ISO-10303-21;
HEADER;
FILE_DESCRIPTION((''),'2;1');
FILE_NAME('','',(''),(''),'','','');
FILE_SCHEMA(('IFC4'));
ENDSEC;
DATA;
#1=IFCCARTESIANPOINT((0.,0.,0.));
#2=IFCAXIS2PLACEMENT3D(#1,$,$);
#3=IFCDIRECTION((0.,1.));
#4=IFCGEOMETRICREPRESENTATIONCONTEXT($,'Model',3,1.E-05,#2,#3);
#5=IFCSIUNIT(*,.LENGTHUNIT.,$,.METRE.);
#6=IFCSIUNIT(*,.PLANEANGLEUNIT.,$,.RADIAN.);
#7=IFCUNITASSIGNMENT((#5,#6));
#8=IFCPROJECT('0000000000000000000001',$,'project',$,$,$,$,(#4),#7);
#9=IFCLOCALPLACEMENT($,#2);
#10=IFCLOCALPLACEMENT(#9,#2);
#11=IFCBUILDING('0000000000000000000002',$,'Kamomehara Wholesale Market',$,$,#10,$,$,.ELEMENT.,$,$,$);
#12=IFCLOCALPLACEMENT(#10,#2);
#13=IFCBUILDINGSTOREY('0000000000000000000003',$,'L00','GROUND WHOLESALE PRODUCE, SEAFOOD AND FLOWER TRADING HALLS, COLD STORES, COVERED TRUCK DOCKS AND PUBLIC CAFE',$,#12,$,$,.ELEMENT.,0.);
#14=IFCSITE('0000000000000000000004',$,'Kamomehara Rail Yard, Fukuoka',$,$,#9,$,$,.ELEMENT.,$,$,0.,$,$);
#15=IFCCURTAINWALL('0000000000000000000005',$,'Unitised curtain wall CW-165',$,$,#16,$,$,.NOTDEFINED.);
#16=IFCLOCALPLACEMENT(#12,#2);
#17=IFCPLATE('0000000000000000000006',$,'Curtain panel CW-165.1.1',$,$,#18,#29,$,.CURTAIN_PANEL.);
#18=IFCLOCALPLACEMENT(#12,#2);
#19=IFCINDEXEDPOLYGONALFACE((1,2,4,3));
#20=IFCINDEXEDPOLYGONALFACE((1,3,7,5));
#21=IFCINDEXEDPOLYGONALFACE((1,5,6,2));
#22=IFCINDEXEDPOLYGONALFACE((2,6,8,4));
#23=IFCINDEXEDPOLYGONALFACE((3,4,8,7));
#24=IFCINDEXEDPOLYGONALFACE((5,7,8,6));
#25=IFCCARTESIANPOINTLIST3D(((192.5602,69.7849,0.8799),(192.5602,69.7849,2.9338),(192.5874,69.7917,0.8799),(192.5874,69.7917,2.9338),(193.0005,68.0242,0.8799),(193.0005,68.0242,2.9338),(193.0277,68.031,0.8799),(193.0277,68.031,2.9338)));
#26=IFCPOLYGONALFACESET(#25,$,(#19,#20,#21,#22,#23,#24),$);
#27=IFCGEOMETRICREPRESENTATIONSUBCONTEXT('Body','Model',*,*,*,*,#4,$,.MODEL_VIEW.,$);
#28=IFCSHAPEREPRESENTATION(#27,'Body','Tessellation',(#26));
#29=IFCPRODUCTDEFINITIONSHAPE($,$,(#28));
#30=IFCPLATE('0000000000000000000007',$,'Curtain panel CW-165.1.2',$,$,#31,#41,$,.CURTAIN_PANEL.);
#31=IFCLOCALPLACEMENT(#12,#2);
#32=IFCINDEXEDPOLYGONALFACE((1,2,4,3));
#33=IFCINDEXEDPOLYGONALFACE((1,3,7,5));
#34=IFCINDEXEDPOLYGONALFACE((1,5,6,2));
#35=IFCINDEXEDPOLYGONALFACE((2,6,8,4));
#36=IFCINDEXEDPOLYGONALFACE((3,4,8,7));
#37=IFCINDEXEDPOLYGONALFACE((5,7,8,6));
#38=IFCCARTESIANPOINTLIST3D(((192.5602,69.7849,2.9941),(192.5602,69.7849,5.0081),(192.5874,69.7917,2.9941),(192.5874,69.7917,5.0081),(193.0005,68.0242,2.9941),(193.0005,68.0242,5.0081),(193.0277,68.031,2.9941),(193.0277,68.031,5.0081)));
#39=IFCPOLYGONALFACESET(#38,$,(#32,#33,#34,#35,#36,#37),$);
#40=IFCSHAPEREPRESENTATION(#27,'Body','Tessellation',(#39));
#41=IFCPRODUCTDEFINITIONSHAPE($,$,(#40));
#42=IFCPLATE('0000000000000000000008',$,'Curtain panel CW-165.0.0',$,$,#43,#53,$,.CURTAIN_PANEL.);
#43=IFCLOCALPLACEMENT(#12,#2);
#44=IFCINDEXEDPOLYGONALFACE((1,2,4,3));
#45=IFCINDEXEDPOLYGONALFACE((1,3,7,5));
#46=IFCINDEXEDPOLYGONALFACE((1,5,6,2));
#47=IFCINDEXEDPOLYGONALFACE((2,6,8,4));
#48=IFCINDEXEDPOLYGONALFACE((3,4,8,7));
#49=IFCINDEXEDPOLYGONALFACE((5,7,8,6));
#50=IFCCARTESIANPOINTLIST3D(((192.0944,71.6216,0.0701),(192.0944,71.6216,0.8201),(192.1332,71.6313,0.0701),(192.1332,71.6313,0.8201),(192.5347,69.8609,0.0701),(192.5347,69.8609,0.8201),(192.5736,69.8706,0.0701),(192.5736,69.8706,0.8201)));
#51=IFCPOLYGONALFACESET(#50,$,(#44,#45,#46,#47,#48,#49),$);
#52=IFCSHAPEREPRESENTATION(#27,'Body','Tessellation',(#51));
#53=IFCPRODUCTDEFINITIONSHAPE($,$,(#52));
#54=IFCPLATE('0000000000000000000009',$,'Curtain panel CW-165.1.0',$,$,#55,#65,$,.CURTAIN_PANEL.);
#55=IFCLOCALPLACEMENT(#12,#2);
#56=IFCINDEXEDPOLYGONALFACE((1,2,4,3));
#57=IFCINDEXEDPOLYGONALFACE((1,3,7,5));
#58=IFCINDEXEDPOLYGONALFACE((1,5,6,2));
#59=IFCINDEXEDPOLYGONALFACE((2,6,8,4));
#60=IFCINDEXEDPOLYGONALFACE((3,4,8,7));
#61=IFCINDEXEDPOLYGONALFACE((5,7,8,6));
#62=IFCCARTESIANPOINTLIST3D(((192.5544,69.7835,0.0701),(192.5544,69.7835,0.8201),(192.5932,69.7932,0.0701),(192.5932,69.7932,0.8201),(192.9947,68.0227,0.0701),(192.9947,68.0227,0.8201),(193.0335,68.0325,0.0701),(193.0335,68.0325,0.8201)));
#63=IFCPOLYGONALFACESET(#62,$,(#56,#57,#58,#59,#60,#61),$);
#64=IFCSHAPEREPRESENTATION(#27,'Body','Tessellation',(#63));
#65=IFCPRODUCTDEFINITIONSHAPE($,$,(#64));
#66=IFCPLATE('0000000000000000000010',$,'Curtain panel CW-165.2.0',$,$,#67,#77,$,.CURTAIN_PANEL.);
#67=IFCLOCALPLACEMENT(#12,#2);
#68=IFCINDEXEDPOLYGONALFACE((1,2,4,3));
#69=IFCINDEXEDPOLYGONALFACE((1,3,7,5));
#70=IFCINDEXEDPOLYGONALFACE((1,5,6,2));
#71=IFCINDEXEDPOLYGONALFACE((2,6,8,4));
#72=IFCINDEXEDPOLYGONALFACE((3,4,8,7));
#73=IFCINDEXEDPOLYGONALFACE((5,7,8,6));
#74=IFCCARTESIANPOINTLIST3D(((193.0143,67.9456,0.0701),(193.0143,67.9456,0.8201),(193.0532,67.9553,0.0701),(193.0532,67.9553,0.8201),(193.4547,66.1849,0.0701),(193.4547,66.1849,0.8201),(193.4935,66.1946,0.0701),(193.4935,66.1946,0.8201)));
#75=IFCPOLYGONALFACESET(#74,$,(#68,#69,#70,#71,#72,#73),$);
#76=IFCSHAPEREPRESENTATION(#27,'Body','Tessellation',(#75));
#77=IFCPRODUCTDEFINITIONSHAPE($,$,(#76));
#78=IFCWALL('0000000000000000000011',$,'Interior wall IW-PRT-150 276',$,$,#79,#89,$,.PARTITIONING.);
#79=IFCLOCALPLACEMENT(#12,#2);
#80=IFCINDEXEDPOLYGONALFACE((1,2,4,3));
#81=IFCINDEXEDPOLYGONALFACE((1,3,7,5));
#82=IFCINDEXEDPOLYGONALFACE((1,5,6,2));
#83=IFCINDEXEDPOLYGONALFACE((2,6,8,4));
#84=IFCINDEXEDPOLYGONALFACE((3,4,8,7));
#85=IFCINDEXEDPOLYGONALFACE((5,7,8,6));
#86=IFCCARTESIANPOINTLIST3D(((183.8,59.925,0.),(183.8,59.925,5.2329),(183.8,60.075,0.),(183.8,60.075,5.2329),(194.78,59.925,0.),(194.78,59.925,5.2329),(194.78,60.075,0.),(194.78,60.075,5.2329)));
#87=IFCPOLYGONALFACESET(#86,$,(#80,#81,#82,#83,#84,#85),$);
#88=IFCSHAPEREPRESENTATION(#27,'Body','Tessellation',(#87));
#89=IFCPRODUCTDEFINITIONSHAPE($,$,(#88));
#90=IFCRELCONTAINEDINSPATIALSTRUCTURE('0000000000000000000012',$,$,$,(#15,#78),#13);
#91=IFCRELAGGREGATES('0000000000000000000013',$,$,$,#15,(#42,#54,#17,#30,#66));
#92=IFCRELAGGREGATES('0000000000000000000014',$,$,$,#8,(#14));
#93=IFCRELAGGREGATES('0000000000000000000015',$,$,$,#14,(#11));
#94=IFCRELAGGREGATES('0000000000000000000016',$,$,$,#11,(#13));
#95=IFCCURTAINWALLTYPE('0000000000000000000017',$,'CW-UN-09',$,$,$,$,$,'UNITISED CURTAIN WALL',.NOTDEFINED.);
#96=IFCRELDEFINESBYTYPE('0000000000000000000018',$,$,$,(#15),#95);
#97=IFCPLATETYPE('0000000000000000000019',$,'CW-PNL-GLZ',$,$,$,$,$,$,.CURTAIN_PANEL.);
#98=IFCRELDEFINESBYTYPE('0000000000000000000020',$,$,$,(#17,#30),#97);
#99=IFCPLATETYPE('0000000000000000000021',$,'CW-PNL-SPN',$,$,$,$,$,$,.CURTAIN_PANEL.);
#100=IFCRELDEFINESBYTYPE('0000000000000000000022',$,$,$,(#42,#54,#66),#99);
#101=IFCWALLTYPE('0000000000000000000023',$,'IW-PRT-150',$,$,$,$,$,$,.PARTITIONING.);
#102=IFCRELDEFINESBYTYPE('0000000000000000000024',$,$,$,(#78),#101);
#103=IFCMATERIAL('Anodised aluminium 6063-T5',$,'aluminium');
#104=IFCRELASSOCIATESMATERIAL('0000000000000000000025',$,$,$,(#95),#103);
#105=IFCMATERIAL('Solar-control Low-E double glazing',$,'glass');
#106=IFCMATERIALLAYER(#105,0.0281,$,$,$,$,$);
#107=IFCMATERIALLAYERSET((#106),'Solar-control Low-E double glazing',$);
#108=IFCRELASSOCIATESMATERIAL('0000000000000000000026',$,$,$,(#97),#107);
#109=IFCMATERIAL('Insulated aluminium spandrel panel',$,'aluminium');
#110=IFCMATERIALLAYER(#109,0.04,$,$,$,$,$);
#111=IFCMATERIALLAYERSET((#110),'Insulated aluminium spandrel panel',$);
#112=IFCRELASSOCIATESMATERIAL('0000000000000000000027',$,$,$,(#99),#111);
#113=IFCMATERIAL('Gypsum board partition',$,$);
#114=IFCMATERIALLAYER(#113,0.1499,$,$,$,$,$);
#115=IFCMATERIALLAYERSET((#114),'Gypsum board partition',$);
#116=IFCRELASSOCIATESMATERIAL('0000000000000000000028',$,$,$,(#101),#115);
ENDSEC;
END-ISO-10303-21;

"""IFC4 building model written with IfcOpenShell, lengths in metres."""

from ifc_helpers import new_model, si_unit, direction, frame, frame_2d, origin, origin_2d, place, context, subcontext, project, spatial, rectangle, extrude, material, layer, layer_set, type_object, element, aggregate, save


model = new_model("IFC4")

# Units and contexts
model_context = context("Model", 3, precision=1e-05, world=origin(), true_north=direction((0.0, 1.0)))
body_context = subcontext(model_context, "Body", "Model", "MODEL_VIEW")
ifc_project = project(units=[si_unit("LENGTHUNIT", "METRE"), si_unit("PLANEANGLEUNIT", "RADIAN")], contexts=[model_context])

# Site, building, storey
site_placement = place(None, origin())
site = spatial("IfcSite", under=ifc_project, at=site_placement, Name="Kamomehara Rail Yard, Fukuoka", CompositionType="ELEMENT", RefElevation=0.0)
building_placement = place(site_placement, origin())
building = spatial("IfcBuilding", under=site, at=building_placement, Name="Kamomehara Wholesale Market", CompositionType="ELEMENT")
storey_placement = place(building_placement, origin())
storey = spatial("IfcBuildingStorey", under=building, at=storey_placement, Name="L00", Description="GROUND WHOLESALE PRODUCE, SEAFOOD AND FLOWER TRADING HALLS, COLD STORES, COVERED TRUCK DOCKS AND PUBLIC CAFE", CompositionType="ELEMENT", Elevation=0.0)

# Curtain wall, plates
ifc_material_1 = material(Name="Anodised aluminium 6063-T5", Category="aluminium")
curtain_wall_type = type_object("IfcCurtainWallType", Name="CW-UN-09", ElementType="UNITISED CURTAIN WALL", PredefinedType="NOTDEFINED", material=ifc_material_1)
curtain_wall_placement = place(storey_placement, origin())
curtain_wall = element("IfcCurtainWall", 1, at=curtain_wall_placement, inside=storey, type_object=curtain_wall_type, Name="Unitised curtain wall CW-165", PredefinedType="NOTDEFINED")
ifc_material_2 = material(Name="Solar-control Low-E double glazing", Category="glass")
ifc_layer_1 = layer(ifc_material_2, 0.0281)
ifc_layer_set_1 = layer_set([ifc_layer_1], Name="Solar-control Low-E double glazing")
plate_type_1 = type_object("IfcPlateType", Name="CW-PNL-GLZ", PredefinedType="CURTAIN_PANEL", material=ifc_layer_set_1)
plate_1_placement = place(storey_placement, frame((192.7939, 68.908, 0.8799), z_axis=(0.0, 0.0, 1.0), x_axis=(0.242616, -0.970122, 0.0)))
plate_1 = element("IfcPlate", 2, at=plate_1_placement, type_object=plate_type_1, Name="Curtain panel CW-165.1.1", PredefinedType="CURTAIN_PANEL", context=body_context, shape_type="SweptSolid", body=[
    extrude(rectangle(XDim=1.8149, YDim=0.0281, at=origin_2d()), origin(), (0.0, 0.0, 1.0), 2.054),
])
plate_2_placement = place(storey_placement, frame((192.7939, 68.908, 2.9941), z_axis=(0.0, 0.0, 1.0), x_axis=(0.242616, -0.970122, 0.0)))
plate_2 = element("IfcPlate", 3, at=plate_2_placement, type_object=plate_type_1, Name="Curtain panel CW-165.1.2", PredefinedType="CURTAIN_PANEL", context=body_context, shape_type="SweptSolid", body=[
    extrude(rectangle(XDim=1.8149, YDim=0.0281, at=origin_2d()), origin(), (0.0, 0.0, 1.0), 2.0139),
])
ifc_material_3 = material(Name="Insulated aluminium spandrel panel", Category="aluminium")
ifc_layer_2 = layer(ifc_material_3, 0.04)
ifc_layer_set_2 = layer_set([ifc_layer_2], Name="Insulated aluminium spandrel panel")
plate_type_2 = type_object("IfcPlateType", Name="CW-PNL-SPN", PredefinedType="CURTAIN_PANEL", material=ifc_layer_set_2)
plate_3_placement = place(storey_placement, frame((192.334, 70.7461, 0.0701), z_axis=(0.0, 0.0, 1.0), x_axis=(0.242616, -0.970122, 0.0)))
plate_3 = element("IfcPlate", 4, at=plate_3_placement, type_object=plate_type_2, Name="Curtain panel CW-165.0.0", PredefinedType="CURTAIN_PANEL", context=body_context, shape_type="SweptSolid", body=[
    extrude(rectangle(XDim=1.8149, YDim=0.04, at=origin_2d()), origin(), (0.0, 0.0, 1.0), 0.75),
])
plate_4_placement = place(storey_placement, frame((192.7939, 68.908, 0.0701), z_axis=(0.0, 0.0, 1.0), x_axis=(0.242616, -0.970122, 0.0)))
plate_4 = element("IfcPlate", 5, at=plate_4_placement, type_object=plate_type_2, Name="Curtain panel CW-165.1.0", PredefinedType="CURTAIN_PANEL", context=body_context, shape_type="SweptSolid", body=[
    extrude(rectangle(XDim=1.8149, YDim=0.04, at=origin_2d()), origin(), (0.0, 0.0, 1.0), 0.75),
])
plate_5_placement = place(storey_placement, frame((193.2539, 67.0701, 0.0701), z_axis=(0.0, 0.0, 1.0), x_axis=(0.242616, -0.970122, 0.0)))
plate_5 = element("IfcPlate", 6, at=plate_5_placement, type_object=plate_type_2, Name="Curtain panel CW-165.2.0", PredefinedType="CURTAIN_PANEL", context=body_context, shape_type="SweptSolid", body=[
    extrude(rectangle(XDim=1.8149, YDim=0.04, at=origin_2d()), origin(), (0.0, 0.0, 1.0), 0.75),
])
aggregate(curtain_wall, [plate_3, plate_4, plate_1, plate_2, plate_5])

# Wall
ifc_material_4 = material(Name="Gypsum board partition")
ifc_layer_3 = layer(ifc_material_4, 0.1499)
ifc_layer_set_3 = layer_set([ifc_layer_3], Name="Gypsum board partition")
wall_type = type_object("IfcWallType", Name="IW-PRT-150", PredefinedType="PARTITIONING", material=ifc_layer_set_3)
wall_placement = place(storey_placement, frame((183.8, 60.0, 0.0), z_axis=(0.0, 0.0, 1.0), x_axis=(1.0, 0.0, 0.0)))
element("IfcWall", 7, at=wall_placement, inside=storey, type_object=wall_type, Name="Interior wall IW-PRT-150 276", PredefinedType="PARTITIONING", context=body_context, shape_type="SweptSolid", body=[
    extrude(rectangle(XDim=10.98, YDim=0.1499, at=frame_2d((5.49, 0.0))), origin(), (0.0, 0.0, 1.0), 5.2329),
])

save(model, "model.ifc")
